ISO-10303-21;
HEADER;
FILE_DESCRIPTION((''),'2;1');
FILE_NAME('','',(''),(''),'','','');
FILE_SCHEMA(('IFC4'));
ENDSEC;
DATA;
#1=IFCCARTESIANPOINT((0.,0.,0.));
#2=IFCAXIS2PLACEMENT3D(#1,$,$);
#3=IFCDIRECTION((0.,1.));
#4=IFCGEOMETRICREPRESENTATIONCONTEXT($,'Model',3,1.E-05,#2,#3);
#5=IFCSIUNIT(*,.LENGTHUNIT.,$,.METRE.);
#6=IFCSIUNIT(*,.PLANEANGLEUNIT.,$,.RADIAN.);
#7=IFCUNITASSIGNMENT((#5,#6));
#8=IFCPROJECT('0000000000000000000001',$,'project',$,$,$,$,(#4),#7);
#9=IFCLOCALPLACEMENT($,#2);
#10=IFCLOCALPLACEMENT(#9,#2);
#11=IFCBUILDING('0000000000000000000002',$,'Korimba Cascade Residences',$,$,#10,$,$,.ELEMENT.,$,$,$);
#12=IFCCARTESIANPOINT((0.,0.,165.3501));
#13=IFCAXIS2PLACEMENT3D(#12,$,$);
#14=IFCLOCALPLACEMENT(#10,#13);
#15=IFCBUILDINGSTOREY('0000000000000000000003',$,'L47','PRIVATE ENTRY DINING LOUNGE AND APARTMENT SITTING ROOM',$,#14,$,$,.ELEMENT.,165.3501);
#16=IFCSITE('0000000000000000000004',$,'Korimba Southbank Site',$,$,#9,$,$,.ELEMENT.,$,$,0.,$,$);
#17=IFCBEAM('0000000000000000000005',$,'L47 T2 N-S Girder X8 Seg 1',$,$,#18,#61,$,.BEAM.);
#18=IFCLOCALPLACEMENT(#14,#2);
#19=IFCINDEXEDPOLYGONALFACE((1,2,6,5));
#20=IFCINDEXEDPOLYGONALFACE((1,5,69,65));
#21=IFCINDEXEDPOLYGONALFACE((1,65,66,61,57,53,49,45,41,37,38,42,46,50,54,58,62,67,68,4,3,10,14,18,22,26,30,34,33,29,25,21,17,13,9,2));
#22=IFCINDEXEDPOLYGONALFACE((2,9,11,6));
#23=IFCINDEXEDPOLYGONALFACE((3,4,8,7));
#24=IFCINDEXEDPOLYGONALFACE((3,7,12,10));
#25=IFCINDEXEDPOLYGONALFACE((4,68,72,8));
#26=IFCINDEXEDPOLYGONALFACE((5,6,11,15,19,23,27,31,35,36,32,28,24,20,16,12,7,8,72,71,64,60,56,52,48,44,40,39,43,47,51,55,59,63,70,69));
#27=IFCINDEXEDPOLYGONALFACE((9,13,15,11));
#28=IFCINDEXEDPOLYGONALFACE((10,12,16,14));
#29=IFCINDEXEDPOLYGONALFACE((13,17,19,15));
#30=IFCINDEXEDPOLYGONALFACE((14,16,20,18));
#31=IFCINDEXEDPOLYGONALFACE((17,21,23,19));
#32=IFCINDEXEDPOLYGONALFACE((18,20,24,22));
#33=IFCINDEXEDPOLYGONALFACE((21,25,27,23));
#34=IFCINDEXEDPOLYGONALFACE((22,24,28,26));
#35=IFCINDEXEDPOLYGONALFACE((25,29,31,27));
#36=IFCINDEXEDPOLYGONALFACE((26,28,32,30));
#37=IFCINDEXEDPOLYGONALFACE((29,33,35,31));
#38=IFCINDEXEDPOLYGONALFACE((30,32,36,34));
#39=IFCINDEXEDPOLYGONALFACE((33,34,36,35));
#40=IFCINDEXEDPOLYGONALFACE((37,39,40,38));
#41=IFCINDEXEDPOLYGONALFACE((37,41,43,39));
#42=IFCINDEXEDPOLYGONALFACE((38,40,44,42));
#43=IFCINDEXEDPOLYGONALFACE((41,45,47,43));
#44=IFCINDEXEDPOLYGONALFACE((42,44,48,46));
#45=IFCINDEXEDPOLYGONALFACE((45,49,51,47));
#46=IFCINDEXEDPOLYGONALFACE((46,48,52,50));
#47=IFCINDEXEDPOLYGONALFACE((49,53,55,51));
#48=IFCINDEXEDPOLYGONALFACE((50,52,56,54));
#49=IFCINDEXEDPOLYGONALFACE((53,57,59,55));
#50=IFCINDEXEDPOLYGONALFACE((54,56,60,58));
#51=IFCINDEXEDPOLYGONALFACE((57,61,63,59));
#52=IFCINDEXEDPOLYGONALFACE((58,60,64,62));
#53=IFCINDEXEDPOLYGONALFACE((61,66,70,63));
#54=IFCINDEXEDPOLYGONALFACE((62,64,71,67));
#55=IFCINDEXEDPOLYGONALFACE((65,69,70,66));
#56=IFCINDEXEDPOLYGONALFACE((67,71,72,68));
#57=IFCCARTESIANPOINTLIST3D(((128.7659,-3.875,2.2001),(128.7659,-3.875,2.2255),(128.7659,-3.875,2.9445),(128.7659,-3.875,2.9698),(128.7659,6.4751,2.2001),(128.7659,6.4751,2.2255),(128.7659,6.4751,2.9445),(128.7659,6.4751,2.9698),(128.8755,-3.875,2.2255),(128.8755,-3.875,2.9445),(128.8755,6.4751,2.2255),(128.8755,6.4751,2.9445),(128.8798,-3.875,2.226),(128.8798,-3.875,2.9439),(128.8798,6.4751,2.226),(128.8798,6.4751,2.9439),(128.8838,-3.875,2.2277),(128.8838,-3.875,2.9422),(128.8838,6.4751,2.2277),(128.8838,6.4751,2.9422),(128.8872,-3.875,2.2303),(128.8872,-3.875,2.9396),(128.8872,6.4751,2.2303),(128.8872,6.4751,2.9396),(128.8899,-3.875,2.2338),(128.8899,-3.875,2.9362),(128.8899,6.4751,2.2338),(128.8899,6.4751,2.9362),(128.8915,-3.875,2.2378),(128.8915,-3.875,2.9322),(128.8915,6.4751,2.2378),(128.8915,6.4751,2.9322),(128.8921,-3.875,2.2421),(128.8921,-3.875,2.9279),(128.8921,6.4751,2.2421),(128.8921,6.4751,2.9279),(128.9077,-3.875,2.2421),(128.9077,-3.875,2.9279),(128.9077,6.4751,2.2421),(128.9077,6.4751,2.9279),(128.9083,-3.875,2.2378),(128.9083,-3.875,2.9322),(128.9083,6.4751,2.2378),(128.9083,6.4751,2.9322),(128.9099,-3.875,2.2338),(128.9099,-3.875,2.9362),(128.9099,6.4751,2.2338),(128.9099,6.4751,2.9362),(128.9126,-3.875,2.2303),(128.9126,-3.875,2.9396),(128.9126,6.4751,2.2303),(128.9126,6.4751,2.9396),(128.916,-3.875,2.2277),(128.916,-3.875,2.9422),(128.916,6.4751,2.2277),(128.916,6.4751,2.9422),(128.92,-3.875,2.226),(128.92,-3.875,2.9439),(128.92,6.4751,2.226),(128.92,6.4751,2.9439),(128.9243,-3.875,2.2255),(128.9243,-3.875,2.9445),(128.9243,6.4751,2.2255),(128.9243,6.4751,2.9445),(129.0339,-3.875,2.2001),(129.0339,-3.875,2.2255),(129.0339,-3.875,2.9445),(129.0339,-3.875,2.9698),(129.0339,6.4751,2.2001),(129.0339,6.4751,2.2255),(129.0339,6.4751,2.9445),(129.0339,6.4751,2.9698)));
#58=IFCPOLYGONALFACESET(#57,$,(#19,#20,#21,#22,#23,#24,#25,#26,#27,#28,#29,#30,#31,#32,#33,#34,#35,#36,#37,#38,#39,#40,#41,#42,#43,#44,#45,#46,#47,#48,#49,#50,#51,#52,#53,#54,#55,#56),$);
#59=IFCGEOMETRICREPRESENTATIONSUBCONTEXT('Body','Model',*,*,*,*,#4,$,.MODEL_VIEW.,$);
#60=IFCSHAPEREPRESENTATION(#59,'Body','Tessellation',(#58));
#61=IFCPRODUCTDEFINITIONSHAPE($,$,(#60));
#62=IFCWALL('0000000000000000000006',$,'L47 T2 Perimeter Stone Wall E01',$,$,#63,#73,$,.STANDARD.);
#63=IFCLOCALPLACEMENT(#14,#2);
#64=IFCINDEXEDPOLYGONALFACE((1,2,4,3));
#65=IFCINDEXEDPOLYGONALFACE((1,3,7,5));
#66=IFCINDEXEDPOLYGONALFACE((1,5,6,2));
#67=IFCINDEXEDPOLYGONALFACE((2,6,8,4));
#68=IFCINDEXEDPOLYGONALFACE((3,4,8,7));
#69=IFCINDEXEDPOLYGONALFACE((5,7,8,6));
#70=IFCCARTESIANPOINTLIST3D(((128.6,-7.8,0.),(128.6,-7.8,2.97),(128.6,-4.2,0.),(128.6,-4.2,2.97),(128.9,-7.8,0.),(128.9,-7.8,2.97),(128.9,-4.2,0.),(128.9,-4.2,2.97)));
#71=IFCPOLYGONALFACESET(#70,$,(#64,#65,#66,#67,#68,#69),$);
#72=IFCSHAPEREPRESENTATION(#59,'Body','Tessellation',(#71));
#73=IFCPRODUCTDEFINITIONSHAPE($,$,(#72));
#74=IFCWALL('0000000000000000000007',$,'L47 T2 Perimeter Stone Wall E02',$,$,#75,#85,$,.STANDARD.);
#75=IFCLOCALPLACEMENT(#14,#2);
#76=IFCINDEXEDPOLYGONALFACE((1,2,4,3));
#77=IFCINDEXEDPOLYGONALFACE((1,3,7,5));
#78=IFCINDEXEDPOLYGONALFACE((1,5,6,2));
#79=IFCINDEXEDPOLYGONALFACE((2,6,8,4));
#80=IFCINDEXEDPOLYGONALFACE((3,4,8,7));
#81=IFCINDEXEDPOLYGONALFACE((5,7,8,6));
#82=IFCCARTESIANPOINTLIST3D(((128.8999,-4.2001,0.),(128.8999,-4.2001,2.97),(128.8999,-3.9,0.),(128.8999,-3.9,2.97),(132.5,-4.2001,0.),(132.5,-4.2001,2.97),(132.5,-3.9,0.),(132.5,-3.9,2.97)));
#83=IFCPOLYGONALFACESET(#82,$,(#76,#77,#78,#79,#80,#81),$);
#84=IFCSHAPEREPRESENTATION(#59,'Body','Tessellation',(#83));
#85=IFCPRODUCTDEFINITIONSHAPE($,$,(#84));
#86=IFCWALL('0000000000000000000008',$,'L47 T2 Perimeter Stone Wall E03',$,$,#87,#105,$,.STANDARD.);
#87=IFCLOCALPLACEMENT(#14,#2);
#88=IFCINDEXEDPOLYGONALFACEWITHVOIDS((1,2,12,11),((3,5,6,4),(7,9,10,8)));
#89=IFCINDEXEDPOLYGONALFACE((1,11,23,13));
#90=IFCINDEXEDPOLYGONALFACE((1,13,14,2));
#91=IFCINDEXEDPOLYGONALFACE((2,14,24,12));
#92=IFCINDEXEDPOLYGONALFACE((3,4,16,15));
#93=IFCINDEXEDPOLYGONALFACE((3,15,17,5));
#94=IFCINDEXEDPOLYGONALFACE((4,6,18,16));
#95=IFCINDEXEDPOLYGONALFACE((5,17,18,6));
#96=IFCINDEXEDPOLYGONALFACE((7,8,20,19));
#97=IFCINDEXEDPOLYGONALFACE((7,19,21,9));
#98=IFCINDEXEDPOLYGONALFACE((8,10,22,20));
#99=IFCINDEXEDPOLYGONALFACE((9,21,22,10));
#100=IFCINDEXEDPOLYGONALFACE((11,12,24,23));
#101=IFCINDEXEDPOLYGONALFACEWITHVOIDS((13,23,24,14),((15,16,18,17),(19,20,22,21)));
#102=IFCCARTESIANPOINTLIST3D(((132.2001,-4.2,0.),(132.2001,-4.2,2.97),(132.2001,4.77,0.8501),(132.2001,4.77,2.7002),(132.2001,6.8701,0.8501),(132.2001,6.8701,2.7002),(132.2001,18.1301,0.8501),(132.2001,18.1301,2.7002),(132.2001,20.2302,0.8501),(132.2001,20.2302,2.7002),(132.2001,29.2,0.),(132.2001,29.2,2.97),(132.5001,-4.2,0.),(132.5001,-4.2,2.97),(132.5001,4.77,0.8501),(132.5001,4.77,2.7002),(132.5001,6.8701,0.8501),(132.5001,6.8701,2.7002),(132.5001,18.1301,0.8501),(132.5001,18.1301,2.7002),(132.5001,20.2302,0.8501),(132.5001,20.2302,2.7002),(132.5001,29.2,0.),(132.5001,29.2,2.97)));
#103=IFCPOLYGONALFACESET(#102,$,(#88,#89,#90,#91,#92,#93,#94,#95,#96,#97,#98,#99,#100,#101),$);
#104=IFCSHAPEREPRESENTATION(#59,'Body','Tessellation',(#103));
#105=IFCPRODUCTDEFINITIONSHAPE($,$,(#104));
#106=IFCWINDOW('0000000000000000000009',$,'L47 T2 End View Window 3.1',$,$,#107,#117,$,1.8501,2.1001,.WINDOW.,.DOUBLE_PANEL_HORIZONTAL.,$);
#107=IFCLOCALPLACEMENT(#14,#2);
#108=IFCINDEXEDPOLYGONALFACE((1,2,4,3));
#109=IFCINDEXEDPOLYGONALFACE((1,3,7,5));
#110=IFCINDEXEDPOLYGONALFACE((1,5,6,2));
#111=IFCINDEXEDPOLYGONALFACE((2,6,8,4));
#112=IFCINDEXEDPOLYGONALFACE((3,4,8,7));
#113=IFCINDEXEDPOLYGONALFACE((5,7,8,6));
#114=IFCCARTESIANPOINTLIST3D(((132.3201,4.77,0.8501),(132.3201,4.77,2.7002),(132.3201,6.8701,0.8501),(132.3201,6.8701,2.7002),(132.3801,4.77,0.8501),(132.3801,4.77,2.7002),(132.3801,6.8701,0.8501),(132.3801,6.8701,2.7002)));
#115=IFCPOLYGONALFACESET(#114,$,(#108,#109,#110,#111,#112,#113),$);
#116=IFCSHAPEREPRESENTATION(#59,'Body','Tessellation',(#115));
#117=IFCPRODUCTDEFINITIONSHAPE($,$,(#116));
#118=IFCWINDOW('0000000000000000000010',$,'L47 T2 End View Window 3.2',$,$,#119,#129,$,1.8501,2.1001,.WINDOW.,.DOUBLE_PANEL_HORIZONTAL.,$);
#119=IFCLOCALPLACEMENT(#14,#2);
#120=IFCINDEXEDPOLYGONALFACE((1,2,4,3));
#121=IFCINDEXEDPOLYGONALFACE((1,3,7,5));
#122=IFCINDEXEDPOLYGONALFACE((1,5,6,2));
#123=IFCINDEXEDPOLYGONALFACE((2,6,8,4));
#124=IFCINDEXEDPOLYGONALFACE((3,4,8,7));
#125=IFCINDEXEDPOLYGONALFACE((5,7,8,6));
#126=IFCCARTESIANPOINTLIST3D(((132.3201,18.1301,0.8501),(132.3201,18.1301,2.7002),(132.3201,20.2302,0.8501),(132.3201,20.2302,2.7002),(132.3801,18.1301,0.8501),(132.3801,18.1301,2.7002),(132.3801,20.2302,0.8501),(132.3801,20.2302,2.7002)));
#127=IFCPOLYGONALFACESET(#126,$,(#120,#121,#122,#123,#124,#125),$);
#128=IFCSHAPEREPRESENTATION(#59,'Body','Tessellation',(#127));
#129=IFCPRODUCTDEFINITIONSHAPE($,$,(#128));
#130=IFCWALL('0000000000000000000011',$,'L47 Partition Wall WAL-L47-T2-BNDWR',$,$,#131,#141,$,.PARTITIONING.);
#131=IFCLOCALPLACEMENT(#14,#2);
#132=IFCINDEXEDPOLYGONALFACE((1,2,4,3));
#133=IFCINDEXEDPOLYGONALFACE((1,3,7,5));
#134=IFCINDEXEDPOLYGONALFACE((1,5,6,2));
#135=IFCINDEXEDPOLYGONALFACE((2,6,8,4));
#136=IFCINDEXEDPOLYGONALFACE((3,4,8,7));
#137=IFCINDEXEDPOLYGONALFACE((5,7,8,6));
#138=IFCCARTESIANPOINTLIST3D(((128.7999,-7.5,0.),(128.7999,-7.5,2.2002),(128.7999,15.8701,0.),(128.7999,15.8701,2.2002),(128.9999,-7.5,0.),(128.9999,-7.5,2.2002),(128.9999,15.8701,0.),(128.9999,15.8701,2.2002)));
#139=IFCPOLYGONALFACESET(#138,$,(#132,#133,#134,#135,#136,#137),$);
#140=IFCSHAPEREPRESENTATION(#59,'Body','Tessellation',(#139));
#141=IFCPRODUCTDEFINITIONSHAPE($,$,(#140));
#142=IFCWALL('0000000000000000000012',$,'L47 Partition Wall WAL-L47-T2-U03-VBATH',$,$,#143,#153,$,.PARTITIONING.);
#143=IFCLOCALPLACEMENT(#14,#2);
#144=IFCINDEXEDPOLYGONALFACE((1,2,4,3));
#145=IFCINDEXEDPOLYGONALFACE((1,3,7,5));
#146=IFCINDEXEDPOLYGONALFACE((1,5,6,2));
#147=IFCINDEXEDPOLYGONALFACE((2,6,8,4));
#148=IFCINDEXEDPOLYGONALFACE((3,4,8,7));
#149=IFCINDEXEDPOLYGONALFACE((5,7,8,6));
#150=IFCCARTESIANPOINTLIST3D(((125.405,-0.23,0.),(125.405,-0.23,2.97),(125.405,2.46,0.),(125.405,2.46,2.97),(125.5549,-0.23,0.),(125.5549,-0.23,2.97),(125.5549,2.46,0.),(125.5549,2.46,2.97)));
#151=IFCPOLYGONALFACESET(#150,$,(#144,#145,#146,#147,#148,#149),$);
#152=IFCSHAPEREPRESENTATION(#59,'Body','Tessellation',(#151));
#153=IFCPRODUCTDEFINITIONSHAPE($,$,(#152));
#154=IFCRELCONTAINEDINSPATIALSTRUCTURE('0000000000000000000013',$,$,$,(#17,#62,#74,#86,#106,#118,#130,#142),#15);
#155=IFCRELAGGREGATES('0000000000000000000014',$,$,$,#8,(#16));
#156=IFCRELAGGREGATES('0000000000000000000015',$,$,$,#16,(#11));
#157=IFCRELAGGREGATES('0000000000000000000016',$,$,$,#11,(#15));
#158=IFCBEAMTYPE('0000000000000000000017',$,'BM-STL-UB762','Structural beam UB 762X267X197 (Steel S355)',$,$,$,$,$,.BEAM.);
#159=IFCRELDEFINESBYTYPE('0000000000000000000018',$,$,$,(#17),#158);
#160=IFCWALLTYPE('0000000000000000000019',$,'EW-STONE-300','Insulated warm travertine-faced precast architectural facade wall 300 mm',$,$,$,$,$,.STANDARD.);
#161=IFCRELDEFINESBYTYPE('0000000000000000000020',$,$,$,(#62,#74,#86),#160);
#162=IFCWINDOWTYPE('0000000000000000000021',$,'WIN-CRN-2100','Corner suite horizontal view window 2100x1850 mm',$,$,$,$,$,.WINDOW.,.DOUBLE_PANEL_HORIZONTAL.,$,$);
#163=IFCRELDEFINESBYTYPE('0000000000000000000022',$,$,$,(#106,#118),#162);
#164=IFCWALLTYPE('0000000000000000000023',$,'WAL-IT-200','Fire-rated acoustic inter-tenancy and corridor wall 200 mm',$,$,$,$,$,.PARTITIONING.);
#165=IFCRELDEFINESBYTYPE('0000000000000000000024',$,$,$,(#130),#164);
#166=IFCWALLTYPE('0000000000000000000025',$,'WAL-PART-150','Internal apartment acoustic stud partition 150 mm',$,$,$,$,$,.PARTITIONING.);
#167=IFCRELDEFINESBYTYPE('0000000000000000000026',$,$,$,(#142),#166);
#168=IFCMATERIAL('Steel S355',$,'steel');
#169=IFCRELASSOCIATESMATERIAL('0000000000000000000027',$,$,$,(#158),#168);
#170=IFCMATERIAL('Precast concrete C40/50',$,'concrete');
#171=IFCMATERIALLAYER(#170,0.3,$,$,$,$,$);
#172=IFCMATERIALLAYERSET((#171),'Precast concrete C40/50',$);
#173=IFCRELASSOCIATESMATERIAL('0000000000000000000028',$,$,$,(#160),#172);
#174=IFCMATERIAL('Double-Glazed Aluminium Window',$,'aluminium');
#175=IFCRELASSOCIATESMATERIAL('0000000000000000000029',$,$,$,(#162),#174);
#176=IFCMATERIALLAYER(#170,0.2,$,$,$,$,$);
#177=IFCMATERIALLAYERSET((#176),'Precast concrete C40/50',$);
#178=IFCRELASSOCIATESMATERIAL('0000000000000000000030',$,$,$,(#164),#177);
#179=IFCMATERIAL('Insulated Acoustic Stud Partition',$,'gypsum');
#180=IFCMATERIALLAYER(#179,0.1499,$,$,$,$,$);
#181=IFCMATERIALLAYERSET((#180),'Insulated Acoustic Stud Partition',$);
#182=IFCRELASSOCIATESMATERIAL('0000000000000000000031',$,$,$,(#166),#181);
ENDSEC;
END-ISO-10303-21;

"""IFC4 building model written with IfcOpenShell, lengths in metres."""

from ifc_helpers import new_model, si_unit, direction, frame, frame_2d, origin, origin_2d, place, context, subcontext, project, spatial, rectangle, i_section, extrude, material, layer, layer_set, material_profile, profile_set, type_object, element, fill, save


model = new_model("IFC4")

# Units and contexts
model_context = context("Model", 3, precision=1e-05, world=origin(), true_north=direction((0.0, 1.0)))
body_context = subcontext(model_context, "Body", "Model", "MODEL_VIEW")
ifc_project = project(units=[si_unit("LENGTHUNIT", "METRE"), si_unit("PLANEANGLEUNIT", "RADIAN")], contexts=[model_context])

# Site, building, storey
site_placement = place(None, origin())
site = spatial("IfcSite", under=ifc_project, at=site_placement, Name="Korimba Southbank Site", CompositionType="ELEMENT", RefElevation=0.0)
building_placement = place(site_placement, origin())
building = spatial("IfcBuilding", under=site, at=building_placement, Name="Korimba Cascade Residences", CompositionType="ELEMENT")
storey_placement = place(building_placement, frame((0.0, 0.0, 165.3501)))
storey = spatial("IfcBuildingStorey", under=building, at=storey_placement, Name="L47", Description="PRIVATE ENTRY DINING LOUNGE AND APARTMENT SITTING ROOM", CompositionType="ELEMENT", Elevation=165.3501)

# Beam
ifc_material_1 = material(Name="Steel S355", Category="steel")
ifc_material_profile_1 = material_profile(ifc_material_1, i_section(OverallWidth=0.2681, OverallDepth=0.7698, WebThickness=0.0156, FlangeThickness=0.0254, FilletRadius=0.0166, at=origin_2d()), Name="Steel S355")
ifc_profile_set_1 = profile_set([ifc_material_profile_1], Name="Steel S355")
beam_type_1 = type_object("IfcBeamType", Name="BM-STL-UB762", Description="Structural beam UB 762X267X197 (Steel S355)", PredefinedType="BEAM", material=ifc_profile_set_1)
for number, where, z_axis, x_axis, name in (
    (1, (128.8999, -3.875, 2.585), (0.0, 1.0, 0.0), (-1.0, 0.0, 0.0), "L47 T2 N-S Girder X8 Seg 1"),
):
    element("IfcBeam", number, at=place(storey_placement, frame(where, z_axis=z_axis, x_axis=x_axis)), inside=storey, type_object=beam_type_1, Name=name, PredefinedType="BEAM", context=body_context, shape_type="SweptSolid", body=[
        extrude(i_section(OverallWidth=0.2681, OverallDepth=0.7698, WebThickness=0.0156, FlangeThickness=0.0254, FilletRadius=0.0166, at=origin_2d()), origin(), (0.0, 0.0, 1.0), 10.3501),
    ])

# Walls
ifc_material_2 = material(Name="Precast concrete C40/50", Category="concrete")
ifc_layer_1 = layer(ifc_material_2, 0.3)
ifc_layer_set_1 = layer_set([ifc_layer_1], Name="Precast concrete C40/50")
wall_type_1 = type_object("IfcWallType", Name="EW-STONE-300", Description="Insulated warm travertine-faced precast architectural facade wall 300 mm", PredefinedType="STANDARD", material=ifc_layer_set_1)
for number, where, z_axis, x_axis, name in (
    (2, (128.75, -7.8, 0.0), (0.0, 0.0, 1.0), (0.0, 1.0, 0.0), "L47 T2 Perimeter Stone Wall E01"),
    (3, (128.8999, -4.05, 0.0), (0.0, 0.0, 1.0), (1.0, 0.0, 0.0), "L47 T2 Perimeter Stone Wall E02"),
):
    element("IfcWall", number, at=place(storey_placement, frame(where, z_axis=z_axis, x_axis=x_axis)), inside=storey, type_object=wall_type_1, Name=name, PredefinedType="STANDARD", context=body_context, shape_type="SweptSolid", body=[
        extrude(rectangle(XDim=3.6001, YDim=0.3, at=frame_2d((1.8, 0.0))), origin(), (0.0, 0.0, 1.0), 2.97),
    ])

# Wall, openings, windows
wall_1_placement = place(storey_placement, frame((132.3501, -4.2, 0.0), z_axis=(0.0, 0.0, 1.0), x_axis=(0.0, 1.0, 0.0)))
wall_1 = element("IfcWall", 4, at=wall_1_placement, inside=storey, type_object=wall_type_1, Name="L47 T2 Perimeter Stone Wall E03", PredefinedType="STANDARD", context=body_context, shape_type="SweptSolid", body=[
    extrude(rectangle(XDim=33.3999, YDim=0.3, at=frame_2d((16.7, 0.0))), origin(), (0.0, 0.0, 1.0), 2.97),
])
opening_1_placement = place(wall_1_placement, frame((8.97, 0.0, 0.8501)))
opening_1 = element("IfcOpeningElement", 5, at=opening_1_placement, cuts=wall_1, PredefinedType="OPENING", context=body_context, shape_type="SweptSolid", body=[
    extrude(rectangle(XDim=2.1001, YDim=1.8501, at=frame_2d((1.05, 0.925))), frame((0.0, 0.1602, 0.0), z_axis=(0.0, -1.0, 0.0), x_axis=(1.0, 0.0, 0.0)), (0.0, 0.0, 1.0), 0.3201),
])
opening_2_placement = place(wall_1_placement, frame((22.3301, 0.0, 0.8501)))
opening_2 = element("IfcOpeningElement", 6, at=opening_2_placement, cuts=wall_1, PredefinedType="OPENING", context=body_context, shape_type="SweptSolid", body=[
    extrude(rectangle(XDim=2.1001, YDim=1.8501, at=frame_2d((1.05, 0.925))), frame((0.0, 0.1602, 0.0), z_axis=(0.0, -1.0, 0.0), x_axis=(1.0, 0.0, 0.0)), (0.0, 0.0, 1.0), 0.3201),
])
ifc_material_3 = material(Name="Double-Glazed Aluminium Window", Category="aluminium")
window_type = type_object("IfcWindowType", Name="WIN-CRN-2100", Description="Corner suite horizontal view window 2100x1850 mm", PartitioningType="DOUBLE_PANEL_HORIZONTAL", PredefinedType="WINDOW", material=ifc_material_3)
window_1_placement = place(opening_1_placement, origin())
window_1 = element("IfcWindow", 7, at=window_1_placement, inside=storey, type_object=window_type, Name="L47 T2 End View Window 3.1", OverallHeight=1.8501, OverallWidth=2.1001, PartitioningType="DOUBLE_PANEL_HORIZONTAL", PredefinedType="WINDOW", context=body_context, shape_type="SweptSolid", body=[
    extrude(rectangle(XDim=2.1001, YDim=1.8501, at=frame_2d((1.05, 0.925))), frame((0.0, 0.03, 0.0), z_axis=(0.0, -1.0, 0.0), x_axis=(1.0, 0.0, 0.0)), (0.0, 0.0, 1.0), 0.0601),
])
fill(opening_1, window_1)
window_2_placement = place(opening_2_placement, origin())
window_2 = element("IfcWindow", 8, at=window_2_placement, inside=storey, type_object=window_type, Name="L47 T2 End View Window 3.2", OverallHeight=1.8501, OverallWidth=2.1001, PartitioningType="DOUBLE_PANEL_HORIZONTAL", PredefinedType="WINDOW", context=body_context, shape_type="SweptSolid", body=[
    extrude(rectangle(XDim=2.1001, YDim=1.8501, at=frame_2d((1.05, 0.925))), frame((0.0, 0.03, 0.0), z_axis=(0.0, -1.0, 0.0), x_axis=(1.0, 0.0, 0.0)), (0.0, 0.0, 1.0), 0.0601),
])
fill(opening_2, window_2)

# Walls
ifc_layer_2 = layer(ifc_material_2, 0.2)
ifc_layer_set_2 = layer_set([ifc_layer_2], Name="Precast concrete C40/50")
wall_type_2 = type_object("IfcWallType", Name="WAL-IT-200", Description="Fire-rated acoustic inter-tenancy and corridor wall 200 mm", PredefinedType="PARTITIONING", material=ifc_layer_set_2)
wall_2_placement = place(storey_placement, frame((128.8999, -7.5, 0.0), z_axis=(0.0, 0.0, 1.0), x_axis=(0.0, 1.0, 0.0)))
element("IfcWall", 9, at=wall_2_placement, inside=storey, type_object=wall_type_2, Name="L47 Partition Wall WAL-L47-T2-BNDWR", PredefinedType="PARTITIONING", context=body_context, shape_type="SweptSolid", body=[
    extrude(rectangle(XDim=23.3701, YDim=0.2, at=frame_2d((11.6851, 0.0))), origin(), (0.0, 0.0, 1.0), 2.2002),
])
ifc_material_4 = material(Name="Insulated Acoustic Stud Partition", Category="gypsum")
ifc_layer_3 = layer(ifc_material_4, 0.1499)
ifc_layer_set_3 = layer_set([ifc_layer_3], Name="Insulated Acoustic Stud Partition")
wall_type_3 = type_object("IfcWallType", Name="WAL-PART-150", Description="Internal apartment acoustic stud partition 150 mm", PredefinedType="PARTITIONING", material=ifc_layer_set_3)
wall_3_placement = place(storey_placement, frame((125.48, -0.23, 0.0), z_axis=(0.0, 0.0, 1.0), x_axis=(0.0, 1.0, 0.0)))
element("IfcWall", 10, at=wall_3_placement, inside=storey, type_object=wall_type_3, Name="L47 Partition Wall WAL-L47-T2-U03-VBATH", PredefinedType="PARTITIONING", context=body_context, shape_type="SweptSolid", body=[
    extrude(rectangle(XDim=2.6899, YDim=0.1499, at=frame_2d((1.345, 0.0))), origin(), (0.0, 0.0, 1.0), 2.97),
])

save(model, "model.ifc")
